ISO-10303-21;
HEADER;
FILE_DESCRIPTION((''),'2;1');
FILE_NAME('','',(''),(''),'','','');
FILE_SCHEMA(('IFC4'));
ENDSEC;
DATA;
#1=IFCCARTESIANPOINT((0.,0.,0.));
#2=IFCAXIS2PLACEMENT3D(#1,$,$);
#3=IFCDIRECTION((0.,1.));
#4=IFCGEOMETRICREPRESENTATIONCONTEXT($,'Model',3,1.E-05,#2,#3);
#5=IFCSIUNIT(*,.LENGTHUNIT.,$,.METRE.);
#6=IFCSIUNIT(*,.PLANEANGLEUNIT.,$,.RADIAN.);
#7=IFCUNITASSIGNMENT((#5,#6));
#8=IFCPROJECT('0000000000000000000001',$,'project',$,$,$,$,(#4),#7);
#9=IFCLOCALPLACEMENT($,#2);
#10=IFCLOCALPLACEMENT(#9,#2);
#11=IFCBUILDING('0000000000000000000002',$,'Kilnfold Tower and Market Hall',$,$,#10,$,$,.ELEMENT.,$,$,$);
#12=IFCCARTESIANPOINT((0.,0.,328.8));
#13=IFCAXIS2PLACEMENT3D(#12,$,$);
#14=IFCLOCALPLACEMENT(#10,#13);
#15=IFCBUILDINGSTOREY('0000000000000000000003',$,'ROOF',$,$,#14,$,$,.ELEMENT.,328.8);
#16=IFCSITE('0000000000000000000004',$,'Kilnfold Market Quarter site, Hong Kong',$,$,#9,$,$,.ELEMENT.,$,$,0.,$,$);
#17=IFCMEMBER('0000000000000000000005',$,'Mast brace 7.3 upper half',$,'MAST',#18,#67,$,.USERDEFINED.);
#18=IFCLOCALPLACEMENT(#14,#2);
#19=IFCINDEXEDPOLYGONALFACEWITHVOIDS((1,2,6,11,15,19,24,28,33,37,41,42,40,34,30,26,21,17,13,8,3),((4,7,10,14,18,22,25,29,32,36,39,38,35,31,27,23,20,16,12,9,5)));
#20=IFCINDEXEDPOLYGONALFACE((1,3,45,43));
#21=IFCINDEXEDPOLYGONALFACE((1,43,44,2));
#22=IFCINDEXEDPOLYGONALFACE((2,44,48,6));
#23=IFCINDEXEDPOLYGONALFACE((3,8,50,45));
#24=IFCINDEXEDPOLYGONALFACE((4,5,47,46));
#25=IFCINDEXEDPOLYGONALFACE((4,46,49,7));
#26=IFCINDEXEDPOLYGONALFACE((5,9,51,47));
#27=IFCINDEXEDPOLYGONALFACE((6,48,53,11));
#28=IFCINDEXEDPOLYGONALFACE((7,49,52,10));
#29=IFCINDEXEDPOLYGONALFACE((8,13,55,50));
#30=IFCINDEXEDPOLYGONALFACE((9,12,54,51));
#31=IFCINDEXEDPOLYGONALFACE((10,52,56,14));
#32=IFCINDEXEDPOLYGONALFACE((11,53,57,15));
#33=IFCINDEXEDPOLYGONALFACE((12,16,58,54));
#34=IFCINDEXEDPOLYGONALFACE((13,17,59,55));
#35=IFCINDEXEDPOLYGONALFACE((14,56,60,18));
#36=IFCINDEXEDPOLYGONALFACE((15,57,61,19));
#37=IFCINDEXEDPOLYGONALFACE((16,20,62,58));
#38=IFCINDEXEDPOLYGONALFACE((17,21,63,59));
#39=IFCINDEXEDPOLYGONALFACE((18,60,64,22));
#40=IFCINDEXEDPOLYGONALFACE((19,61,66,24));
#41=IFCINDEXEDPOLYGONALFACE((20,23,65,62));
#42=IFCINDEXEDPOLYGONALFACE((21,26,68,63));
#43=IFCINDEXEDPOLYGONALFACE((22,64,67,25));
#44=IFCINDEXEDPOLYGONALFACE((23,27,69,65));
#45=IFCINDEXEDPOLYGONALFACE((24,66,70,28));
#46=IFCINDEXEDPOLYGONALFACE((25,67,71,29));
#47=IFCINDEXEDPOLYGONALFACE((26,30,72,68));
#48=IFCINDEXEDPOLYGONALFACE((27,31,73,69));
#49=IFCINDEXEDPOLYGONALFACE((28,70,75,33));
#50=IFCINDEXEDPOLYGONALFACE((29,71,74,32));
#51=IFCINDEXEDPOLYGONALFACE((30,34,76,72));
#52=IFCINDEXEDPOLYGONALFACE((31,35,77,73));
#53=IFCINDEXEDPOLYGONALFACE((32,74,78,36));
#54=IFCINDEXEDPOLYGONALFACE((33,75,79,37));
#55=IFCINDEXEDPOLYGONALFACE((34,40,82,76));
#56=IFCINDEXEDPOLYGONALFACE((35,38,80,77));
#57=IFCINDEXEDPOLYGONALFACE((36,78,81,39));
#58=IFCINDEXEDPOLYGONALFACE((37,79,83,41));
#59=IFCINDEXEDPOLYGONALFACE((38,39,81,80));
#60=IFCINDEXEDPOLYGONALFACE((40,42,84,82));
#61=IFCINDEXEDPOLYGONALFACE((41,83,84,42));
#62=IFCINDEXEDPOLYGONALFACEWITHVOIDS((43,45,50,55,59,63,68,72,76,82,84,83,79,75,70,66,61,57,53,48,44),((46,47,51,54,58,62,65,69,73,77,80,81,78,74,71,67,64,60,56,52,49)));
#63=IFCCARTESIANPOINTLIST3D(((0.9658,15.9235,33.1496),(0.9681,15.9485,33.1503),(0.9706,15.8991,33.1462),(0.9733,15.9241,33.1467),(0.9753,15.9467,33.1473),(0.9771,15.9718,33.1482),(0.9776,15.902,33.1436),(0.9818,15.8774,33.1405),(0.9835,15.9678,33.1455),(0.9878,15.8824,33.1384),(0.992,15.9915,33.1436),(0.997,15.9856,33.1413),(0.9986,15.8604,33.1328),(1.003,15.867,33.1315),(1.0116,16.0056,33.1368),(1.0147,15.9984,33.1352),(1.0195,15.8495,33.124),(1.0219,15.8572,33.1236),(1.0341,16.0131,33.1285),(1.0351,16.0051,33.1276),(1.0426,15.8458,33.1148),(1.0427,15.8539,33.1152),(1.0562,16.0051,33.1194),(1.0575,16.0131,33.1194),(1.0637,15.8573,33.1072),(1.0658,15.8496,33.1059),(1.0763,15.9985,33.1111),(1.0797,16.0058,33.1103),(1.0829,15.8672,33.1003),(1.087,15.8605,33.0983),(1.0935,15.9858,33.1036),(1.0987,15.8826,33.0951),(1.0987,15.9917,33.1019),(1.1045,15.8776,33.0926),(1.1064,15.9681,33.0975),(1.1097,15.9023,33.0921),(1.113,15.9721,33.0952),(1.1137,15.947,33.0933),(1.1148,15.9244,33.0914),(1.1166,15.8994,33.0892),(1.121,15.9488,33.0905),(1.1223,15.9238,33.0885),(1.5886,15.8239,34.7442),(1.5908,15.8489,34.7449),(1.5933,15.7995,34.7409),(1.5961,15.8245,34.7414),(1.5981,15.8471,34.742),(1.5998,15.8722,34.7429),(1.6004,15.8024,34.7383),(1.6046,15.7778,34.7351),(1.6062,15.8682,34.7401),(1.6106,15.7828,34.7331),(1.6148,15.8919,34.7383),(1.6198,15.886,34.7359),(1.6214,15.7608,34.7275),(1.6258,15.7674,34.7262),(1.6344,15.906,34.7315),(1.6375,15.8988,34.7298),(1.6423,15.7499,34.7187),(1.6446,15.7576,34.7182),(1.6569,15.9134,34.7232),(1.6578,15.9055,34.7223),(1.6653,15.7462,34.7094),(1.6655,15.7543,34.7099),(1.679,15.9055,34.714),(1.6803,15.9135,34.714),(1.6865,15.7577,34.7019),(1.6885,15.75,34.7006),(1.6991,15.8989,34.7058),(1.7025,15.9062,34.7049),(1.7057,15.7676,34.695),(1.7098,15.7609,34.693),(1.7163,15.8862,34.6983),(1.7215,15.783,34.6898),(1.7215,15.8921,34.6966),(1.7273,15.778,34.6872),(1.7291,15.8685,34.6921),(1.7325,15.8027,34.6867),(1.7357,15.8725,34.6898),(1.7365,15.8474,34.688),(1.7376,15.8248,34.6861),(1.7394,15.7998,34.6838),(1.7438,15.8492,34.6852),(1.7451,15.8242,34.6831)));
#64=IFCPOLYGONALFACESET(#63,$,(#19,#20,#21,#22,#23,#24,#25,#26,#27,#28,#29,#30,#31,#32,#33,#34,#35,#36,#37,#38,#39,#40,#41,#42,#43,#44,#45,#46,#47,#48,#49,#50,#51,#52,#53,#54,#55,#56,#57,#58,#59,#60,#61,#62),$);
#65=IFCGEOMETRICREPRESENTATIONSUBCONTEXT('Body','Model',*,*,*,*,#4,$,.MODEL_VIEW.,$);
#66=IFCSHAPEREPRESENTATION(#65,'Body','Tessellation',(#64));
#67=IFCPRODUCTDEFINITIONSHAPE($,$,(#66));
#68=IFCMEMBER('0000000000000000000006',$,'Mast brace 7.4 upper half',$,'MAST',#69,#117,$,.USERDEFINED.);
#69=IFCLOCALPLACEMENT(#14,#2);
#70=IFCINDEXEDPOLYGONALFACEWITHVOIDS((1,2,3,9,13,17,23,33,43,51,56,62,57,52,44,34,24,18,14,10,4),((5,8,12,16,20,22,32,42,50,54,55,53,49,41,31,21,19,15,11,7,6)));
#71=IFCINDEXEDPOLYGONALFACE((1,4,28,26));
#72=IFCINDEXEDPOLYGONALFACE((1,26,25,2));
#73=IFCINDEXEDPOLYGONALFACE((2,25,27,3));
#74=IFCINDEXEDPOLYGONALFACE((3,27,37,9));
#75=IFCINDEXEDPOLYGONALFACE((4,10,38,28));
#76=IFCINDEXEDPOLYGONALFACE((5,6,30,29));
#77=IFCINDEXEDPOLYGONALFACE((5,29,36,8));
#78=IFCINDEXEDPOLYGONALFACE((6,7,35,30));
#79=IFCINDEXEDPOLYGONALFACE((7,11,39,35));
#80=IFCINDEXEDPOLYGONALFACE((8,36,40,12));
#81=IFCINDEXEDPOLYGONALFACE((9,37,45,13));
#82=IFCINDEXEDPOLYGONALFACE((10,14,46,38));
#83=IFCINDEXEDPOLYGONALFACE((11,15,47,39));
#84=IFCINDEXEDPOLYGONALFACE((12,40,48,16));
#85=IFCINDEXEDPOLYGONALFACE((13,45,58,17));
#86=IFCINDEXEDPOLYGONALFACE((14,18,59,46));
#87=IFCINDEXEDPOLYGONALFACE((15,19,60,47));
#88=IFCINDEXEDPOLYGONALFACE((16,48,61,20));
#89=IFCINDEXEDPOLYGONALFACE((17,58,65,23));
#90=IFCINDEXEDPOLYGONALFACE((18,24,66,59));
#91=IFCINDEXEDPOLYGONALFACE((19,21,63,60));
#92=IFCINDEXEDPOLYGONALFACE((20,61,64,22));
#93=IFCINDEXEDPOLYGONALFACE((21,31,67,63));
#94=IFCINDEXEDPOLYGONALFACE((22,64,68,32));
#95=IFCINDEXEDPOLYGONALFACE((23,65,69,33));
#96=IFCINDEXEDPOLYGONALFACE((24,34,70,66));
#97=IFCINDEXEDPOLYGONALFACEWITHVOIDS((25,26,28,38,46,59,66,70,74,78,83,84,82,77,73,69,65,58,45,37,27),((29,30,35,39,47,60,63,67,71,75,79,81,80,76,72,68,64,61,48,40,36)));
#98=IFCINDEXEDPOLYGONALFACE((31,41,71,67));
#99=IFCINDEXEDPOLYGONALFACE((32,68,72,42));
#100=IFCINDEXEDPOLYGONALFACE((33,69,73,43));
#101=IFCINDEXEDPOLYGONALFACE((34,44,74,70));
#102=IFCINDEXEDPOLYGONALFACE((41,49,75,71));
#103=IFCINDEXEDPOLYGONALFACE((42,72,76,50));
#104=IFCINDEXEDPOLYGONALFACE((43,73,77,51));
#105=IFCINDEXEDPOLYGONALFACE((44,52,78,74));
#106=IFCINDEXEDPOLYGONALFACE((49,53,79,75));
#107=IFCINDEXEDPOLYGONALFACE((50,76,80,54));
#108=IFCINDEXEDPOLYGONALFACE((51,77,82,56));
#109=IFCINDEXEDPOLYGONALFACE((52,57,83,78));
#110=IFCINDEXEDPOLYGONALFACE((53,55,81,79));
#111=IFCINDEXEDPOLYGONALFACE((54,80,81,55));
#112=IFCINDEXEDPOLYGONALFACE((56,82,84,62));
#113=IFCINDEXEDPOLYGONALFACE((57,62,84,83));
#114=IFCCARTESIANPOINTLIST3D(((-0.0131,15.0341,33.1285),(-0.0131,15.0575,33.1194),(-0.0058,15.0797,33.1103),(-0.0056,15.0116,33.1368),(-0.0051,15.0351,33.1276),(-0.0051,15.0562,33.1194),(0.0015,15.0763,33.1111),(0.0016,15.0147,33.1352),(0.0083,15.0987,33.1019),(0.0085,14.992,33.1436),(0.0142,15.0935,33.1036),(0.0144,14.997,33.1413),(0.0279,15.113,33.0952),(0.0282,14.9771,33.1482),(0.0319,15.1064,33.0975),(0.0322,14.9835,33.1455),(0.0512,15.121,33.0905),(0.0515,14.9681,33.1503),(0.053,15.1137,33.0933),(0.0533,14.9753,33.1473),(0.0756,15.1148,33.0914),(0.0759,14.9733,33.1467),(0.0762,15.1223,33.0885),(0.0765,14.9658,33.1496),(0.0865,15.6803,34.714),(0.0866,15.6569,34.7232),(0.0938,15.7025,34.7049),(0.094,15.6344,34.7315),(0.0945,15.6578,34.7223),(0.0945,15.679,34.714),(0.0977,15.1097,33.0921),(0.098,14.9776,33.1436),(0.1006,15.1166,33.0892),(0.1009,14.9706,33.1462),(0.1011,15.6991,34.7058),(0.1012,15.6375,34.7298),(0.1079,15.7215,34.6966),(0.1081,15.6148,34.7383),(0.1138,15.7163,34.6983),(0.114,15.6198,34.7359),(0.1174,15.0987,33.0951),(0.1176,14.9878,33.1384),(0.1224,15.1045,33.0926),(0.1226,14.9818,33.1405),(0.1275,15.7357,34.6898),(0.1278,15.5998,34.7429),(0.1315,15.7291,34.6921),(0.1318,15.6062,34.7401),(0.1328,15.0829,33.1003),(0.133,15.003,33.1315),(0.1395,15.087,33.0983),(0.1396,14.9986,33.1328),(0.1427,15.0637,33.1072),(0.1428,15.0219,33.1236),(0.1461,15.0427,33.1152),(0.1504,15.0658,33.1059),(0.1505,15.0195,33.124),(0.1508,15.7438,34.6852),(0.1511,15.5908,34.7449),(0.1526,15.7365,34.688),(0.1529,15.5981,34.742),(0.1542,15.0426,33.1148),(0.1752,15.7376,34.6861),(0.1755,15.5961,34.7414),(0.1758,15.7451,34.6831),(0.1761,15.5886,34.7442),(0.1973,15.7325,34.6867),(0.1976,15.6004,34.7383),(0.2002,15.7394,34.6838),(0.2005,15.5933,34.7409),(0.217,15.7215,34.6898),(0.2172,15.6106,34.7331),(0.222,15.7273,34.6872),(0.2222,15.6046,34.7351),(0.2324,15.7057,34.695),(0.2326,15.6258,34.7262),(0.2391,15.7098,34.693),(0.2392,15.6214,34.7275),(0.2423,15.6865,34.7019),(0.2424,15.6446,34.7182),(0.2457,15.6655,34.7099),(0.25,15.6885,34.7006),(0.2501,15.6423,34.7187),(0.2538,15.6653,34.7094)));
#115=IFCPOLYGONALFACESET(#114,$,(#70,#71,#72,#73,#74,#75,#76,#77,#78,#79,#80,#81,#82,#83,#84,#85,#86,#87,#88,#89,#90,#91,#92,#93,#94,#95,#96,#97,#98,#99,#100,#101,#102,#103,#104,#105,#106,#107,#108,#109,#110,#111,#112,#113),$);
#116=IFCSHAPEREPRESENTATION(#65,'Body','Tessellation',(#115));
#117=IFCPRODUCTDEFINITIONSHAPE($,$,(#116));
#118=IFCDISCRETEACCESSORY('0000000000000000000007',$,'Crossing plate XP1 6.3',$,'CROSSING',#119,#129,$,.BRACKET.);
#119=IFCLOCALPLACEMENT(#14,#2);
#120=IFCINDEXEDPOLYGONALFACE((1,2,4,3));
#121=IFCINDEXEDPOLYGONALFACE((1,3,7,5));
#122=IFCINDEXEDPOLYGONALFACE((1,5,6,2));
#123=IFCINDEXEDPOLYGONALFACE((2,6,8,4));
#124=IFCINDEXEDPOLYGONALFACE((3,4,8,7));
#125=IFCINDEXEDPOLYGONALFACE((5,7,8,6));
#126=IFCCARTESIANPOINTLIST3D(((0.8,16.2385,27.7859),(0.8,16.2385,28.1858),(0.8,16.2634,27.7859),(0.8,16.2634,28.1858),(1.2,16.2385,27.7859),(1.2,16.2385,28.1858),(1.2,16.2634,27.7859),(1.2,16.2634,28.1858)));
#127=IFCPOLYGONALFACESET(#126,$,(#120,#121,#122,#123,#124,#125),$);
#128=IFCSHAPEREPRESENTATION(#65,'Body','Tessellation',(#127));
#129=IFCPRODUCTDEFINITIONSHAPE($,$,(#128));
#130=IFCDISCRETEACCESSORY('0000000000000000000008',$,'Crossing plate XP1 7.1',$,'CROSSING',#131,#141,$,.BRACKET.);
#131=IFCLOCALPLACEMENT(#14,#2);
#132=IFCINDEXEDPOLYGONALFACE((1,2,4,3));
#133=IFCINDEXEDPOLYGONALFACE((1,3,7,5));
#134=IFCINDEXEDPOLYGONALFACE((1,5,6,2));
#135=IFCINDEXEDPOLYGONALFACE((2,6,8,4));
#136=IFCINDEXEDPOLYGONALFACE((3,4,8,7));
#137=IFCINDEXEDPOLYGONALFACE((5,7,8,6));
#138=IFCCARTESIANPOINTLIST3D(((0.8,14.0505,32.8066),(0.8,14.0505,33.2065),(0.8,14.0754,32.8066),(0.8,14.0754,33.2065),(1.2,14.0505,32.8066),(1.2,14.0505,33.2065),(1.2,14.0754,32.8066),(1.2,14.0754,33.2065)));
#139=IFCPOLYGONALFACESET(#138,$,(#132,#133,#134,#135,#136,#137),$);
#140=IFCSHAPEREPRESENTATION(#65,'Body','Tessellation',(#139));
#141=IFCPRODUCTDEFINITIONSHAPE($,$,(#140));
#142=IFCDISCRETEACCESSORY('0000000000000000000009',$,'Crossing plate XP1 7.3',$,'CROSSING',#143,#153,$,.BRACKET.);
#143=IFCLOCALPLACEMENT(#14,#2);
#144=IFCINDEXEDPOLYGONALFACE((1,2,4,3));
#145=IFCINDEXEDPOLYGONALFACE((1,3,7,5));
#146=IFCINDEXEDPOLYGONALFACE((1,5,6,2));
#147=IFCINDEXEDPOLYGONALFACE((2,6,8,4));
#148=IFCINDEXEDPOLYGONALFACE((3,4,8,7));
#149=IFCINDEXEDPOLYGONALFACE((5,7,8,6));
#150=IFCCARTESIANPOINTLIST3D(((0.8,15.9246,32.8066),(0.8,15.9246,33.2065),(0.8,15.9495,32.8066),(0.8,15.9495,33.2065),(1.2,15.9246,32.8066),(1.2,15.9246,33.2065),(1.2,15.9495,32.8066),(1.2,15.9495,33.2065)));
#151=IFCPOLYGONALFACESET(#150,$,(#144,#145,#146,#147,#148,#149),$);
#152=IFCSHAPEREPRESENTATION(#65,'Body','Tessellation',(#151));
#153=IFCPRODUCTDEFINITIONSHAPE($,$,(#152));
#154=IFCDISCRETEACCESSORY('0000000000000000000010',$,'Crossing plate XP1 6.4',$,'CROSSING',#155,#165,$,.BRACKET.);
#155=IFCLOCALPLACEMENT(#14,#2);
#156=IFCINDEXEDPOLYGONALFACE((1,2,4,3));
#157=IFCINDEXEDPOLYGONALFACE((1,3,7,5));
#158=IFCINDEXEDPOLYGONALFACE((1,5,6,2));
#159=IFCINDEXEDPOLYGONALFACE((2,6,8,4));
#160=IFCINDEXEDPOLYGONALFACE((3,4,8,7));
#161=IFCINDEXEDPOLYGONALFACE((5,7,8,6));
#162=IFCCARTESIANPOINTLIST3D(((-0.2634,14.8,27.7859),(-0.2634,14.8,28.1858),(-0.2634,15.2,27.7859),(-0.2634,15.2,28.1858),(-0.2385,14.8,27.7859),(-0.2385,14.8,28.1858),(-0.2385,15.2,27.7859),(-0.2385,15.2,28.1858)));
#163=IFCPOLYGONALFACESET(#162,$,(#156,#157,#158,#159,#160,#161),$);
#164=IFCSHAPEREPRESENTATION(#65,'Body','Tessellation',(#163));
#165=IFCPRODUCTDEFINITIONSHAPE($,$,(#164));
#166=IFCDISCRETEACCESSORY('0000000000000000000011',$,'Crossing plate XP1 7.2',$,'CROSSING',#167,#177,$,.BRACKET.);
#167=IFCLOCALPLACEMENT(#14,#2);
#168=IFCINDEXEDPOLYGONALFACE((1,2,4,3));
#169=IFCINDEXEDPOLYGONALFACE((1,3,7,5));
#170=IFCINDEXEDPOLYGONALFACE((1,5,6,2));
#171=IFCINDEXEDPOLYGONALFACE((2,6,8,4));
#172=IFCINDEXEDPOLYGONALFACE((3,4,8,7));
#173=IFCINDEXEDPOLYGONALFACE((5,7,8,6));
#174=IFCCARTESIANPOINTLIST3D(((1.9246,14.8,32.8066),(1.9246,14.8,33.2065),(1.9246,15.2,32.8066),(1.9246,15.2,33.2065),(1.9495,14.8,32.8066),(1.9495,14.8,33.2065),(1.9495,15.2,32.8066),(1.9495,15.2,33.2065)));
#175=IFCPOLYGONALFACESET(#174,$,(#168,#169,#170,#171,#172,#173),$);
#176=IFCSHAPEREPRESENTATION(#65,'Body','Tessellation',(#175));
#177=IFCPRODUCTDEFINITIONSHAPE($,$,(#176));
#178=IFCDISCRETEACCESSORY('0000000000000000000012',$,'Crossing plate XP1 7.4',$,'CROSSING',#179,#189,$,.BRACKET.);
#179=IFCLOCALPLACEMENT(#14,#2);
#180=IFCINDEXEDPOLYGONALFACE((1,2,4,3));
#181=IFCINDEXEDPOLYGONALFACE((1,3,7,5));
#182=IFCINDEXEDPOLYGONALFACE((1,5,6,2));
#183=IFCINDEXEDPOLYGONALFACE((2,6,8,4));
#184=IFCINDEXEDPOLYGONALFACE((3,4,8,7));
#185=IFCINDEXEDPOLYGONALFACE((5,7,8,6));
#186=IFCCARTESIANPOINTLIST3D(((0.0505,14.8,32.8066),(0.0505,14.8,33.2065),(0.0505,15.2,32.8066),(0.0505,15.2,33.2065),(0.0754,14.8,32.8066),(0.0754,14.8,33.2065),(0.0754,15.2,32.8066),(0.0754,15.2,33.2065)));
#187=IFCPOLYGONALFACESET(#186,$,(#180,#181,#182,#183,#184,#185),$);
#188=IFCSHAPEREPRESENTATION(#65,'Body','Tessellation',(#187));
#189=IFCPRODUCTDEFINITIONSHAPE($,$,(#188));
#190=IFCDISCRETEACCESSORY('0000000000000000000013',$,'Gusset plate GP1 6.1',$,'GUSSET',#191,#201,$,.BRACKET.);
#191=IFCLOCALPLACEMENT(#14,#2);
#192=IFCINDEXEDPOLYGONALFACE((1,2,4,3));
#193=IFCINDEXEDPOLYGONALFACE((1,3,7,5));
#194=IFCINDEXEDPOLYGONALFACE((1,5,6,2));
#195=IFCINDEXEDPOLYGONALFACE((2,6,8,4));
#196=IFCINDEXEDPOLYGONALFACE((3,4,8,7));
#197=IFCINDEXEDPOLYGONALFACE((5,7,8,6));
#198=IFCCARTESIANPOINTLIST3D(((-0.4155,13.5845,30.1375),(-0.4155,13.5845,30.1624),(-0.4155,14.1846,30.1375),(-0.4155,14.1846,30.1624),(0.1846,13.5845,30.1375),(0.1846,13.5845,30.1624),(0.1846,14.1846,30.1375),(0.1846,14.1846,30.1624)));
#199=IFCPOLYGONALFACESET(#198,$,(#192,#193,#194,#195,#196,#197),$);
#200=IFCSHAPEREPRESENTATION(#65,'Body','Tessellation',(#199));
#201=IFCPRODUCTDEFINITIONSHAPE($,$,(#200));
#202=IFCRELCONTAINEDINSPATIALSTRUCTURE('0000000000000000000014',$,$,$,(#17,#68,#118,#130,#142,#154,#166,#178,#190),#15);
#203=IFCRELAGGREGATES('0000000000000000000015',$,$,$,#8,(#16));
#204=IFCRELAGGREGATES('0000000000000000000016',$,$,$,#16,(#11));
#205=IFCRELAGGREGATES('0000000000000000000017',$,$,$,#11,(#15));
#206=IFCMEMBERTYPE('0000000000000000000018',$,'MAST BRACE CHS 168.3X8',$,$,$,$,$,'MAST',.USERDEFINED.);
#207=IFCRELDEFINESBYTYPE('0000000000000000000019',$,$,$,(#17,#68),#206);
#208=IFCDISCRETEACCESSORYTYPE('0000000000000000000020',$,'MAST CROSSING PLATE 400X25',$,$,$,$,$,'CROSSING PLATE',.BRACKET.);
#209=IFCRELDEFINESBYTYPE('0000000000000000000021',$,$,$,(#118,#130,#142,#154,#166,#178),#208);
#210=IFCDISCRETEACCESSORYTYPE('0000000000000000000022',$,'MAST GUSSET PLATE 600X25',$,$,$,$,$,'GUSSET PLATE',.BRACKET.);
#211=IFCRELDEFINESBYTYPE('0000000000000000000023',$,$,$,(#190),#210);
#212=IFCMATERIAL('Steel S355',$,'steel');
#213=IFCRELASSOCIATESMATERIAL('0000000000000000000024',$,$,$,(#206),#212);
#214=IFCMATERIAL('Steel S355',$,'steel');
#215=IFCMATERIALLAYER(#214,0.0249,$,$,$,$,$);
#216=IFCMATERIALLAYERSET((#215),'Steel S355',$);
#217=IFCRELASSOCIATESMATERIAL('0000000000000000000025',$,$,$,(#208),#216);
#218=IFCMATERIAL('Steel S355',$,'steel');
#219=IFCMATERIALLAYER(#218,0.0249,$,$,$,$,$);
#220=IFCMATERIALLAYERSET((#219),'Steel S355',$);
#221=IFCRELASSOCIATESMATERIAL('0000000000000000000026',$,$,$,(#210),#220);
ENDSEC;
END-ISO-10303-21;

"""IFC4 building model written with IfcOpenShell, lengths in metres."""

from ifc_helpers import new_model, si_unit, direction, frame, origin, origin_2d, place, context, subcontext, project, spatial, rectangle, hollow_circle, extrude, source, transform, mapped, material, layer, layer_set, material_profile, profile_set, type_object, element, save


model = new_model("IFC4")

# Units and contexts
model_context = context("Model", 3, precision=1e-05, world=origin(), true_north=direction((0.0, 1.0)))
body_context = subcontext(model_context, "Body", "Model", "MODEL_VIEW")
ifc_project = project(units=[si_unit("LENGTHUNIT", "METRE"), si_unit("PLANEANGLEUNIT", "RADIAN")], contexts=[model_context])

# Site, building, storey
site_placement = place(None, origin())
site = spatial("IfcSite", under=ifc_project, at=site_placement, Name="Kilnfold Market Quarter site, Hong Kong", CompositionType="ELEMENT", RefElevation=0.0)
building_placement = place(site_placement, origin())
building = spatial("IfcBuilding", under=site, at=building_placement, Name="Kilnfold Tower and Market Hall", CompositionType="ELEMENT")
storey_placement = place(building_placement, frame((0.0, 0.0, 328.8)))
storey = spatial("IfcBuildingStorey", under=building, at=storey_placement, Name="ROOF", CompositionType="ELEMENT", Elevation=328.8)

# Members
ifc_material_1 = material(Name="Steel S355", Category="steel")
ifc_material_profile_1 = material_profile(ifc_material_1, hollow_circle(Radius=0.0842, WallThickness=0.0081, at=origin_2d()), Name="CHS 168.3x8")
ifc_profile_set_1 = profile_set([ifc_material_profile_1], Name="Steel S355")
member_type_1 = type_object("IfcMemberType", Name="MAST BRACE CHS 168.3X8", ElementType="MAST", PredefinedType="USERDEFINED", material=ifc_profile_set_1)
shared_shape_1 = source(origin(), body_context, "Body", "SweptSolid", [
    extrude(hollow_circle(Radius=0.0842, WallThickness=0.0081, at=origin_2d()), origin(), (0.0, 0.0, 1.0), 1.7148),
])
for number, where, z_axis, x_axis, name in (
    (1, (1.0442, 15.9299, 33.1194), (0.363167, -0.058084, 0.929912), (0.15793, 0.98745, 0.0), "Mast brace 7.3 upper half"),
    (2, (0.0701, 15.0442, 33.1194), (0.058084, 0.363167, 0.929912), (-0.98745, 0.15793, 0.0), "Mast brace 7.4 upper half"),
):
    element("IfcMember", number, at=place(storey_placement, frame(where, z_axis=z_axis, x_axis=x_axis)), inside=storey, type_object=member_type_1, Name=name, ObjectType="MAST", PredefinedType="USERDEFINED", context=body_context, shape_type="MappedRepresentation", body=[
        mapped(shared_shape_1, transform((0.0, 0.0, 0.0))),
    ])

# Discrete accessories
ifc_material_2 = material(Name="Steel S355", Category="steel")
ifc_layer_1 = layer(ifc_material_2, 0.0249)
ifc_layer_set_1 = layer_set([ifc_layer_1], Name="Steel S355")
discrete_accessory_type_1 = type_object("IfcDiscreteAccessoryType", Name="MAST CROSSING PLATE 400X25", ElementType="CROSSING PLATE", PredefinedType="BRACKET", material=ifc_layer_set_1)
shared_shape_2 = source(origin(), body_context, "Body", "SweptSolid", [
    extrude(rectangle(XDim=0.3999, YDim=0.0249, at=origin_2d()), origin(), (0.0, 0.0, 1.0), 0.3999),
])
for number, where, z_axis, x_axis, name in (
    (3, (1.0, 16.251, 27.7859), (0.0, 0.0, 1.0), (1.0, 0.0, 0.0), "Crossing plate XP1 6.3"),
    (4, (1.0, 14.063, 32.8066), (0.0, 0.0, 1.0), (1.0, 0.0, 0.0), "Crossing plate XP1 7.1"),
    (5, (1.0, 15.937, 32.8066), (0.0, 0.0, 1.0), (1.0, 0.0, 0.0), "Crossing plate XP1 7.3"),
):
    element("IfcDiscreteAccessory", number, at=place(storey_placement, frame(where, z_axis=z_axis, x_axis=x_axis)), inside=storey, type_object=discrete_accessory_type_1, Name=name, ObjectType="CROSSING", PredefinedType="BRACKET", context=body_context, shape_type="MappedRepresentation", body=[
        mapped(shared_shape_2, transform((0.0, 0.0, 0.0))),
    ])
shared_shape_3 = source(origin(), body_context, "Body", "SweptSolid", [
    extrude(rectangle(XDim=0.0249, YDim=0.3999, at=origin_2d()), origin(), (0.0, 0.0, 1.0), 0.3999),
])
for number, where, z_axis, x_axis, name in (
    (6, (-0.251, 15.0, 27.7859), (0.0, 0.0, 1.0), (1.0, 0.0, 0.0), "Crossing plate XP1 6.4"),
    (7, (1.937, 15.0, 32.8066), (0.0, 0.0, 1.0), (1.0, 0.0, 0.0), "Crossing plate XP1 7.2"),
    (8, (0.063, 15.0, 32.8066), (0.0, 0.0, 1.0), (1.0, 0.0, 0.0), "Crossing plate XP1 7.4"),
):
    element("IfcDiscreteAccessory", number, at=place(storey_placement, frame(where, z_axis=z_axis, x_axis=x_axis)), inside=storey, type_object=discrete_accessory_type_1, Name=name, ObjectType="CROSSING", PredefinedType="BRACKET", context=body_context, shape_type="MappedRepresentation", body=[
        mapped(shared_shape_3, transform((0.0, 0.0, 0.0))),
    ])
ifc_material_3 = material(Name="Steel S355", Category="steel")
ifc_layer_2 = layer(ifc_material_3, 0.0249)
ifc_layer_set_2 = layer_set([ifc_layer_2], Name="Steel S355")
discrete_accessory_type_2 = type_object("IfcDiscreteAccessoryType", Name="MAST GUSSET PLATE 600X25", ElementType="GUSSET PLATE", PredefinedType="BRACKET", material=ifc_layer_set_2)
shared_shape_4 = source(origin(), body_context, "Body", "SweptSolid", [
    extrude(rectangle(XDim=0.6001, YDim=0.6001, at=origin_2d()), origin(), (0.0, 0.0, 1.0), 0.0249),
])
for number, where, z_axis, x_axis, name in (
    (9, (-0.1155, 13.8845, 30.1375), (0.0, 0.0, 1.0), (1.0, 0.0, 0.0), "Gusset plate GP1 6.1"),
):
    element("IfcDiscreteAccessory", number, at=place(storey_placement, frame(where, z_axis=z_axis, x_axis=x_axis)), inside=storey, type_object=discrete_accessory_type_2, Name=name, ObjectType="GUSSET", PredefinedType="BRACKET", context=body_context, shape_type="MappedRepresentation", body=[
        mapped(shared_shape_4, transform((0.0, 0.0, 0.0))),
    ])

save(model, "model.ifc")
